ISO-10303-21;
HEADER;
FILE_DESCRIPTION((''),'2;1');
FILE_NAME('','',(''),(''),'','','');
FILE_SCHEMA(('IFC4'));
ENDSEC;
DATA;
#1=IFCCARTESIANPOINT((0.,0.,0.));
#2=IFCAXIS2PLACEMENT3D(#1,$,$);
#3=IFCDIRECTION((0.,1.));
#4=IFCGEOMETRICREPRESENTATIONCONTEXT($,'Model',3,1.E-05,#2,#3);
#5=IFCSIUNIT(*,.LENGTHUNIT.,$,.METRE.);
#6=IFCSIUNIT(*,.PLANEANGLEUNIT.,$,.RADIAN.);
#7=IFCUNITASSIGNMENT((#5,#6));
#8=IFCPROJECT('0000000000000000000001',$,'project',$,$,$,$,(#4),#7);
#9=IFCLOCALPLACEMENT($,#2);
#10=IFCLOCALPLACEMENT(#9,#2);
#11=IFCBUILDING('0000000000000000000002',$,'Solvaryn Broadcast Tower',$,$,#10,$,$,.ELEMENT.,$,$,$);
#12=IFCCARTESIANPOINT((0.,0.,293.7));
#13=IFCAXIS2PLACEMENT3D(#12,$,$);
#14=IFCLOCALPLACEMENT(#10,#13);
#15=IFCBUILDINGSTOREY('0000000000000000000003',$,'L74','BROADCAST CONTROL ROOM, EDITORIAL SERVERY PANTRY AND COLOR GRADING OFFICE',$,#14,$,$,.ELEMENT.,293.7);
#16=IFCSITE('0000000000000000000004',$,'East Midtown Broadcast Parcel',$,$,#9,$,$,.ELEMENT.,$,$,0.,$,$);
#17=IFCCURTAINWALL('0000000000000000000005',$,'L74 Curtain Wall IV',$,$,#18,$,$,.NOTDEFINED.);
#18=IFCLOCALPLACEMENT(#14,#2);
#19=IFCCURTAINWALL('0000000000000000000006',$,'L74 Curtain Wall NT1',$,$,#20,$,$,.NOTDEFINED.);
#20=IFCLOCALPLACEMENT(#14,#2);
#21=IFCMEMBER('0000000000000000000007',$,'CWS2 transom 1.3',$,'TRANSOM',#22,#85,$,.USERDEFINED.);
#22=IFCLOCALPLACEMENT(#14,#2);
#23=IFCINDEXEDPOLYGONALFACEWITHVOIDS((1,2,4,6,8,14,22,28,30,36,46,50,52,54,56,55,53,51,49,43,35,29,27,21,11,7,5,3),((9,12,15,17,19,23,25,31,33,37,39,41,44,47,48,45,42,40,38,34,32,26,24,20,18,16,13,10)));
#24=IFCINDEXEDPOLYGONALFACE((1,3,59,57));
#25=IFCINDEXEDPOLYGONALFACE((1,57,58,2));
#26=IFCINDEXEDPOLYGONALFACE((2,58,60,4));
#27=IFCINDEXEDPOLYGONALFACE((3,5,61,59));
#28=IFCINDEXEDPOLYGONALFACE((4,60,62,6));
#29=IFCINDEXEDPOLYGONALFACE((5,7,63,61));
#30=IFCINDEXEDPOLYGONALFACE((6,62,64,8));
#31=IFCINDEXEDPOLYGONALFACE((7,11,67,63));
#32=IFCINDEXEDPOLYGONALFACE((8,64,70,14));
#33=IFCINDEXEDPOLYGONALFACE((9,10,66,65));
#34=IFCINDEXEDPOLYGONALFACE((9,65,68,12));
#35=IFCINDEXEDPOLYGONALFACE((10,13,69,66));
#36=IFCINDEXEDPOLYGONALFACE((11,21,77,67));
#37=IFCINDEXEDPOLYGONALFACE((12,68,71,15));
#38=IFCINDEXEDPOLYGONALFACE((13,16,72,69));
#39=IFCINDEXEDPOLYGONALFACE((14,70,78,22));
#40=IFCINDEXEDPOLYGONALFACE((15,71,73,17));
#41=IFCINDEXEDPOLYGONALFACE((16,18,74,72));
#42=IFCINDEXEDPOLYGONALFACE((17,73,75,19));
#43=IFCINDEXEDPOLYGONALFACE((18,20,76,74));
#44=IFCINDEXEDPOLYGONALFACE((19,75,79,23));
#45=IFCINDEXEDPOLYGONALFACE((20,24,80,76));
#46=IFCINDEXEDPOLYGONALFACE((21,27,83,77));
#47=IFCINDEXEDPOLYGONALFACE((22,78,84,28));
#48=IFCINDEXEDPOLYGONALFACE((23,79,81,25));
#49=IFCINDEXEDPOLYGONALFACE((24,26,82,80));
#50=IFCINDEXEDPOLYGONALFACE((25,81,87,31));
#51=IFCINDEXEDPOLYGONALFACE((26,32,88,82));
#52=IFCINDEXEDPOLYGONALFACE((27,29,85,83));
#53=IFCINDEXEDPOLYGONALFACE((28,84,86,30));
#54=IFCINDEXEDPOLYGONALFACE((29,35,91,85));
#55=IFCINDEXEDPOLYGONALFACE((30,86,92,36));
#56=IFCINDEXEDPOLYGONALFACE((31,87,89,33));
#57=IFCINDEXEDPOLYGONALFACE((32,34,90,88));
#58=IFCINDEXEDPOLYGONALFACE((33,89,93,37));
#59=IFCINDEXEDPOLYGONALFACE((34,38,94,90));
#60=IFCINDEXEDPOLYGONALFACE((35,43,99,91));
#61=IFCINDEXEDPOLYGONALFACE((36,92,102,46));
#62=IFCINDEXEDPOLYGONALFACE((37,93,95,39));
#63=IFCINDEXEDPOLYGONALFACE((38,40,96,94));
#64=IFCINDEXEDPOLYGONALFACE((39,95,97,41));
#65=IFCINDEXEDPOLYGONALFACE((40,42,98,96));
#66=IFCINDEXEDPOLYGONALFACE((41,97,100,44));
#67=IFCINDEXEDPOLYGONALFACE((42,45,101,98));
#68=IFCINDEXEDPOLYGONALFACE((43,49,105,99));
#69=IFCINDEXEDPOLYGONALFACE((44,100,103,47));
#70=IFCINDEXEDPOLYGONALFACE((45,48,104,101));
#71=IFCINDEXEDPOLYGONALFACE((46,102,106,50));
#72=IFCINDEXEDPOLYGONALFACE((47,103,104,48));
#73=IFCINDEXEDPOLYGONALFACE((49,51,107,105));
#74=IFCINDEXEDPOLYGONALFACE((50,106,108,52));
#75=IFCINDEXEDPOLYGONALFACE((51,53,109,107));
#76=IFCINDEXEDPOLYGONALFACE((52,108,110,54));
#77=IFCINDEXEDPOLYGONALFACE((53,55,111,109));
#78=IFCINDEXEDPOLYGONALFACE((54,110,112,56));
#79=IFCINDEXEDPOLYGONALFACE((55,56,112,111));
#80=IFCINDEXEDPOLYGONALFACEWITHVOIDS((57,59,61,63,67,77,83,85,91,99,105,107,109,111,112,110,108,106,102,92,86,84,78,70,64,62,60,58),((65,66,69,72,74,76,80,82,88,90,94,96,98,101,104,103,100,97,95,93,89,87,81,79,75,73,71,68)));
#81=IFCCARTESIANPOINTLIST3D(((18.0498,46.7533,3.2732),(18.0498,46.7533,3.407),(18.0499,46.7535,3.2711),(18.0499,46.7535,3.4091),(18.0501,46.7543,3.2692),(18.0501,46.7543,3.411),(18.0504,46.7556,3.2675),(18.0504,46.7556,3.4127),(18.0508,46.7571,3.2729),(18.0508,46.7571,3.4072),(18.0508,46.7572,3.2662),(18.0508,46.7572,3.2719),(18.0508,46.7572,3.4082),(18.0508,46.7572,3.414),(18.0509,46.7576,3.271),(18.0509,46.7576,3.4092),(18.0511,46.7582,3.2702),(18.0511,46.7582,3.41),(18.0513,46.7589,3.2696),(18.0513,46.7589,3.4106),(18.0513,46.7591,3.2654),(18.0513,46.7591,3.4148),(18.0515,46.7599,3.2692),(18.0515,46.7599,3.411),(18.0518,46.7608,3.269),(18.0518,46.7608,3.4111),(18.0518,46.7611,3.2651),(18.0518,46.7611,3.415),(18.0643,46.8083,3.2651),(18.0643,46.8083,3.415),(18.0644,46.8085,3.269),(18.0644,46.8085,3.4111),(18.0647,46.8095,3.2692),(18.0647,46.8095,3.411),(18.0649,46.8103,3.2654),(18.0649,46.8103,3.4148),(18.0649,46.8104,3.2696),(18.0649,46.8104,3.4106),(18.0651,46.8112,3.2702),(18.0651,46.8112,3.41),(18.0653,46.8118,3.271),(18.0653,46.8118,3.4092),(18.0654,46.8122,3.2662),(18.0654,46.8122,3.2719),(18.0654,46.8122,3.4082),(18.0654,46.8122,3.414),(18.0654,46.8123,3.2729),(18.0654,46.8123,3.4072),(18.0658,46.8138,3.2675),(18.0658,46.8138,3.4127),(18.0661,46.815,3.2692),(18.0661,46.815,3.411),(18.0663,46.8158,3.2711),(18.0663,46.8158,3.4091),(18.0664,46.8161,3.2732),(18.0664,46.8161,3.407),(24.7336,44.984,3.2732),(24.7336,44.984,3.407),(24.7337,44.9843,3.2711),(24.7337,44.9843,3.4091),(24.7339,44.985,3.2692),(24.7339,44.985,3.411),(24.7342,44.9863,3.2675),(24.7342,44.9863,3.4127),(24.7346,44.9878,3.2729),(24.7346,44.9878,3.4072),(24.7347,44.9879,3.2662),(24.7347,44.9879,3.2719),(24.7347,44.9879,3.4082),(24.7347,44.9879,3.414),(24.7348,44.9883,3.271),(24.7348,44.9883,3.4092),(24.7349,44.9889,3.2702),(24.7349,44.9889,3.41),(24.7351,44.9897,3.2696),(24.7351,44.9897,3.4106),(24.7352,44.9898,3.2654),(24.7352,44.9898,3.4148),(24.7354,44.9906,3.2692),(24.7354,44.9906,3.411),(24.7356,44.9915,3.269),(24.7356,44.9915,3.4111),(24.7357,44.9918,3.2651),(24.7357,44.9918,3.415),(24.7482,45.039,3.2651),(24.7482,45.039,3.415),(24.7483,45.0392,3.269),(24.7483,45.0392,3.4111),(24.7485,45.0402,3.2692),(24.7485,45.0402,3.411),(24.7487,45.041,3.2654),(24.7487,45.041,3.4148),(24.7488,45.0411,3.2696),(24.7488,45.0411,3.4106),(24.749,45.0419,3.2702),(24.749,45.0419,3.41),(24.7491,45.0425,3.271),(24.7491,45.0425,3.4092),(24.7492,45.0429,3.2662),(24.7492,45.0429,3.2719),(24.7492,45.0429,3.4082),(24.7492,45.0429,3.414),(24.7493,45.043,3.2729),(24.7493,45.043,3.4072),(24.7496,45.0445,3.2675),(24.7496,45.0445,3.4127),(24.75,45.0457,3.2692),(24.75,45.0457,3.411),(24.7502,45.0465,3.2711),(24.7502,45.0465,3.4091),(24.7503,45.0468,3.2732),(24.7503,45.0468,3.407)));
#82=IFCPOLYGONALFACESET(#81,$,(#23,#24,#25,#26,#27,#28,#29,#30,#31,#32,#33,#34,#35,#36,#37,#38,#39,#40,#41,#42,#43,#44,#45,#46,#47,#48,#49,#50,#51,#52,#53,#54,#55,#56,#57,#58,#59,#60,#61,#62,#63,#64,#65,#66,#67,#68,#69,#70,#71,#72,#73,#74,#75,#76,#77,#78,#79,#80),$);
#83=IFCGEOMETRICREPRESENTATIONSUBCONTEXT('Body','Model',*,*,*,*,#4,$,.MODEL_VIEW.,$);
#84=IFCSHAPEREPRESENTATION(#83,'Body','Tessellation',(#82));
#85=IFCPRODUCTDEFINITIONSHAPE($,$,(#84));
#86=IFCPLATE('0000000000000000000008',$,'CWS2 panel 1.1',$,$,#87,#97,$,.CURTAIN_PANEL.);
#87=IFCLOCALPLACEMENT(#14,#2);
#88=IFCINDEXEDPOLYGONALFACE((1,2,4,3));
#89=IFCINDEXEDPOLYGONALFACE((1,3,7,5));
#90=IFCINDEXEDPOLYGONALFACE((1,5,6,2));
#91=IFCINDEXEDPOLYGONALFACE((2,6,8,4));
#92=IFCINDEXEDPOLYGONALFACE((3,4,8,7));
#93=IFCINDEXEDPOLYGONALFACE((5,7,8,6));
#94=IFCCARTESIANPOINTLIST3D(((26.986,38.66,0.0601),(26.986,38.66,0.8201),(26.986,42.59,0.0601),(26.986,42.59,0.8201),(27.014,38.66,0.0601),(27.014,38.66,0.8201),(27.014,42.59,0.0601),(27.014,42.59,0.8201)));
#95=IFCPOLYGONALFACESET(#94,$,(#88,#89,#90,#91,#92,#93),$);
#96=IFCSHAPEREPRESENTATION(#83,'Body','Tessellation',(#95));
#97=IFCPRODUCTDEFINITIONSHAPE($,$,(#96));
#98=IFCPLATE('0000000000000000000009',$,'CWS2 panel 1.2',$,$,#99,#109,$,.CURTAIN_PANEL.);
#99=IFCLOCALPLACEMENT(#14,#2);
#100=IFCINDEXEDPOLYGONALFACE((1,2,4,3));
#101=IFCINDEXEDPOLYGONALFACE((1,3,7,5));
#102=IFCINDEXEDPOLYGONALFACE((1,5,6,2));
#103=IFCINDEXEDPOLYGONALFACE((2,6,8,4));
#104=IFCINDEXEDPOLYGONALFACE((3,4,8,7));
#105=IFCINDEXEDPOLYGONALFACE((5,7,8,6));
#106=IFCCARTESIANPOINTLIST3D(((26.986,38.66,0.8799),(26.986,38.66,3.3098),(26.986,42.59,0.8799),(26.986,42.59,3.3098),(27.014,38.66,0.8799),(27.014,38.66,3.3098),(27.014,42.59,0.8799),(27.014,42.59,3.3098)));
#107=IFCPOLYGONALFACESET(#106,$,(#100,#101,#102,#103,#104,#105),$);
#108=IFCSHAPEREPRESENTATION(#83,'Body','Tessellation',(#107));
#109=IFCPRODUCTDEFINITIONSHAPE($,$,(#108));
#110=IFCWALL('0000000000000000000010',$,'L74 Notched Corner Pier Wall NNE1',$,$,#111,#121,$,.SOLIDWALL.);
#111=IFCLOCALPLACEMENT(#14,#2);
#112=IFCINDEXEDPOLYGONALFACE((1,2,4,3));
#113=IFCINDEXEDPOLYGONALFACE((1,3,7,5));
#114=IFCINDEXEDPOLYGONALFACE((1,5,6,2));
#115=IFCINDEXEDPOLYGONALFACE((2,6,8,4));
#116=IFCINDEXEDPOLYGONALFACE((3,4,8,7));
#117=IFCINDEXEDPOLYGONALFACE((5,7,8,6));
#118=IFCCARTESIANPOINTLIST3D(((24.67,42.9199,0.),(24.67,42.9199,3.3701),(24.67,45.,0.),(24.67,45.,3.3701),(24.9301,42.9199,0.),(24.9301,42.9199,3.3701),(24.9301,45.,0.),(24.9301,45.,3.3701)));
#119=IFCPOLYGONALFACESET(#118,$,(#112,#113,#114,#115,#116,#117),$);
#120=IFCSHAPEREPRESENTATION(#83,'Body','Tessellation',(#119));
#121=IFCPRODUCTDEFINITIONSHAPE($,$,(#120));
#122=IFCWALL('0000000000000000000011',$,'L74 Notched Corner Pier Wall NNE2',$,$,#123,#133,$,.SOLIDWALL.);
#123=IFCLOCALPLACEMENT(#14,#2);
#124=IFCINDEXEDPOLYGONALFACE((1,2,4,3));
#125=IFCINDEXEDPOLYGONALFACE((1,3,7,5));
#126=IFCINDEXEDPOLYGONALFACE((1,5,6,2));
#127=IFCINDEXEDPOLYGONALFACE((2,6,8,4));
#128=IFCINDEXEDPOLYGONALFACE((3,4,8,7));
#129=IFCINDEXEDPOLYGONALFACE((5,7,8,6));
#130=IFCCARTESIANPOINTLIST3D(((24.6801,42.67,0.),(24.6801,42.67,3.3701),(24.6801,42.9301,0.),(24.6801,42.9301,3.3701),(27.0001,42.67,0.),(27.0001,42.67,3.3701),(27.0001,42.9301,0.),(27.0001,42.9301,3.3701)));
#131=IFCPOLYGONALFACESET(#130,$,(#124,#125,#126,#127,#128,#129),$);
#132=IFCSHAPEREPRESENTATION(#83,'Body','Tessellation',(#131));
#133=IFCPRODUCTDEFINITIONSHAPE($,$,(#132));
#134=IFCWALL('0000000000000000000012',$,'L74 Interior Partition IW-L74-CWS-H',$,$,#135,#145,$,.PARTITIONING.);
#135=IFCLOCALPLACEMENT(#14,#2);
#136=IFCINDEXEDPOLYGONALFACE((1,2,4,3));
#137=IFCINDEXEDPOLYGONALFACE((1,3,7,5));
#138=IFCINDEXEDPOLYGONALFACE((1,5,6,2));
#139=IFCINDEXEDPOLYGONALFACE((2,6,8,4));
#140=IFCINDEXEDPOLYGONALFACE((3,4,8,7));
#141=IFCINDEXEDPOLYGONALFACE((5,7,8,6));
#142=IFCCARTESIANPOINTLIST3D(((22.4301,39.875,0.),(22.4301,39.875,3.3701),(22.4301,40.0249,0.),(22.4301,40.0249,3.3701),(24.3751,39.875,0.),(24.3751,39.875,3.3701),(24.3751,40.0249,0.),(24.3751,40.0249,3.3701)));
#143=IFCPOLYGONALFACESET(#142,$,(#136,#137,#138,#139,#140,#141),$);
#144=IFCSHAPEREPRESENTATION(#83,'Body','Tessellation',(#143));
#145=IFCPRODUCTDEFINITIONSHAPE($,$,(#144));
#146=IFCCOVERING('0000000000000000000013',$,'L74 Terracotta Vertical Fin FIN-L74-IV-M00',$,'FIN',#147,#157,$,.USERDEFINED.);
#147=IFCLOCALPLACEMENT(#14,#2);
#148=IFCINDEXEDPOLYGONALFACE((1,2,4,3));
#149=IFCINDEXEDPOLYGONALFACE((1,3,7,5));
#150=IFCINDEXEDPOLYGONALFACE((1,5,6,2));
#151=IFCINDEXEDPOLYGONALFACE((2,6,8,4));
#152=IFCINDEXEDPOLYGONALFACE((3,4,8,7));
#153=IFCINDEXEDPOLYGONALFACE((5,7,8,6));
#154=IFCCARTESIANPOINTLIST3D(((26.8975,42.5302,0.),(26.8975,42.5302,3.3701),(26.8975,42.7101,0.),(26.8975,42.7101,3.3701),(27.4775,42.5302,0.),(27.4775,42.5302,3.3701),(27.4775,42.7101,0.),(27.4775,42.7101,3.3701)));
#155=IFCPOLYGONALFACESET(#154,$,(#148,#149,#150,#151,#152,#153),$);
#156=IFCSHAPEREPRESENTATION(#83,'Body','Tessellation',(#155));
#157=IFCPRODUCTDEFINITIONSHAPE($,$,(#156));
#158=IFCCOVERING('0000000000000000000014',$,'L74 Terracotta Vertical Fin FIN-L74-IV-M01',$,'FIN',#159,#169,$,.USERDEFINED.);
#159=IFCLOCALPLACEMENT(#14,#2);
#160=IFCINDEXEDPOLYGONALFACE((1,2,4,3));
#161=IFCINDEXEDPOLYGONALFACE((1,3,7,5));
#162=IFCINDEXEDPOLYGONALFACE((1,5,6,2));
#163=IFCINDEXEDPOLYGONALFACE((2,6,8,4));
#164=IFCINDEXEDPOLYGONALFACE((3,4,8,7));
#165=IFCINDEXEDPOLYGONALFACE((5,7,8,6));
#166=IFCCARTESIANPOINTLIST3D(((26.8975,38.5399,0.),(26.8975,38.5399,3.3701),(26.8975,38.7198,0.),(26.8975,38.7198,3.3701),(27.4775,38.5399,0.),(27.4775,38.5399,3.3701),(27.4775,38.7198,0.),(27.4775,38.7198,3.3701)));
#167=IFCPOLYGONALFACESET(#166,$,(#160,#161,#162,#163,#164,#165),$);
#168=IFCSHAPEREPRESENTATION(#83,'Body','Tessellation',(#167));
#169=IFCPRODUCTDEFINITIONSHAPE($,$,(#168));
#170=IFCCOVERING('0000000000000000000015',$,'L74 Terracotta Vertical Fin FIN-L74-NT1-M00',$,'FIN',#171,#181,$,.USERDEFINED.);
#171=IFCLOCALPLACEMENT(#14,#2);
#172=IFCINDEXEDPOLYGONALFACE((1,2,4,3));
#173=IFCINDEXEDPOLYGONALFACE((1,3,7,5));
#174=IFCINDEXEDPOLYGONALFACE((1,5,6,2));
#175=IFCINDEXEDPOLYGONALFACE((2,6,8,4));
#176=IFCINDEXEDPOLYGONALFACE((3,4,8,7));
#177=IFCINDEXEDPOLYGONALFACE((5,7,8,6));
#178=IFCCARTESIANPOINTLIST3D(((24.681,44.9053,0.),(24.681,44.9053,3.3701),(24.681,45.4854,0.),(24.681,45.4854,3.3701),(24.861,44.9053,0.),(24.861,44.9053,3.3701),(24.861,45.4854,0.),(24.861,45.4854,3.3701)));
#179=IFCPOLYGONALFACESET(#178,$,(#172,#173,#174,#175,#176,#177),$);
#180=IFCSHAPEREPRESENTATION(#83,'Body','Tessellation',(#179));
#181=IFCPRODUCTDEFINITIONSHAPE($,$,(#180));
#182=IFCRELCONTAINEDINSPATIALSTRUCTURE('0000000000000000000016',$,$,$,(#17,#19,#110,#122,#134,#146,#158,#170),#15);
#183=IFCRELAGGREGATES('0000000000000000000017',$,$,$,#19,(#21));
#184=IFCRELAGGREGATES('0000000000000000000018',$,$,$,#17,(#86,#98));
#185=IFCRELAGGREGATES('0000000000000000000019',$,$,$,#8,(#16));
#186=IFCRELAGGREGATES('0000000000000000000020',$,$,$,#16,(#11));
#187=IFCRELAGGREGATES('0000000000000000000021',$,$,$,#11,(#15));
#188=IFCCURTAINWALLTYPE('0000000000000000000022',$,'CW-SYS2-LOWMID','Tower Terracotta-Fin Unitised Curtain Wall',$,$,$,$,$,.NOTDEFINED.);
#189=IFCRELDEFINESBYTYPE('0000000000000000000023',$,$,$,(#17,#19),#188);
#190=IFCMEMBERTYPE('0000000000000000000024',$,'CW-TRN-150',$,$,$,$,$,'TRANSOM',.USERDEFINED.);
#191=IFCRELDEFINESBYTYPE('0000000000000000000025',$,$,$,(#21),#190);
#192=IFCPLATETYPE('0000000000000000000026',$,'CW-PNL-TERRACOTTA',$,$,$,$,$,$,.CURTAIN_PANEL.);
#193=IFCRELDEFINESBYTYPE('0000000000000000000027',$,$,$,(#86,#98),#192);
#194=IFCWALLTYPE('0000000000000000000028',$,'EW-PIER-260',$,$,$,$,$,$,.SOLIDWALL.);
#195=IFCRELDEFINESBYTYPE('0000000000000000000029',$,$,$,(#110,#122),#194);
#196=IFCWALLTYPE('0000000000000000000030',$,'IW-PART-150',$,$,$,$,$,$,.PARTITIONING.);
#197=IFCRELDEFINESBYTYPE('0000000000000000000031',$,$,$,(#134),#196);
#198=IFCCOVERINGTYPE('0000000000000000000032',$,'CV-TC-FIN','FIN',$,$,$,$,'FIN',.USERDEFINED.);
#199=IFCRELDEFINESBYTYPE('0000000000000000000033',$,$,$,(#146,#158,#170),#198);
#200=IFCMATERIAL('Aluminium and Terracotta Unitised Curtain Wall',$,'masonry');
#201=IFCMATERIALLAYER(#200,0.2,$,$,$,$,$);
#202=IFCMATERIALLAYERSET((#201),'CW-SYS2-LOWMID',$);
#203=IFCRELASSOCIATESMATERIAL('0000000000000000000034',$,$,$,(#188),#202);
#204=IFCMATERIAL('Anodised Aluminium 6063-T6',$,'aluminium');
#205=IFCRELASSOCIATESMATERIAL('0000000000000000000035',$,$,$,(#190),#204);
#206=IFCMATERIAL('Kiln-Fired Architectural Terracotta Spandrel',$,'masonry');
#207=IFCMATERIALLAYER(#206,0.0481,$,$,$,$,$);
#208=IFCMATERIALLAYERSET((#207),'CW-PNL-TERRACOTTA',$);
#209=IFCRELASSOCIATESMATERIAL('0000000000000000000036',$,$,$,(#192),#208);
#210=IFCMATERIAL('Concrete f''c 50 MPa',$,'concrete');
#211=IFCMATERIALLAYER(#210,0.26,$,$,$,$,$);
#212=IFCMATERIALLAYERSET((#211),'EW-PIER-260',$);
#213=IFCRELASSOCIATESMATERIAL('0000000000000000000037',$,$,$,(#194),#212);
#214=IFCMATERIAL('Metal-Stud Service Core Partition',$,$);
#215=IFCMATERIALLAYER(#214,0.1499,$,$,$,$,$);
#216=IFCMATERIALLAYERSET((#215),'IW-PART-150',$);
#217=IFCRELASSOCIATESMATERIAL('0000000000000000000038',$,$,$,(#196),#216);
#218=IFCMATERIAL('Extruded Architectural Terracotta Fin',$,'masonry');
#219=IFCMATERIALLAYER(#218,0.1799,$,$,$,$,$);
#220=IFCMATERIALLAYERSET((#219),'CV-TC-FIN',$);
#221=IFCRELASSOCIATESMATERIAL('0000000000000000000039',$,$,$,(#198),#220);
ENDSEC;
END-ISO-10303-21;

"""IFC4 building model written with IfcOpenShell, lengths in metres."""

from ifc_helpers import new_model, si_unit, direction, frame, frame_2d, origin, origin_2d, place, context, subcontext, project, spatial, rectangle, hollow_rectangle, extrude, material, layer, layer_set, material_profile, profile_set, type_object, element, aggregate, save


model = new_model("IFC4")

# Units and contexts
model_context = context("Model", 3, precision=1e-05, world=origin(), true_north=direction((0.0, 1.0)))
body_context = subcontext(model_context, "Body", "Model", "MODEL_VIEW")
ifc_project = project(units=[si_unit("LENGTHUNIT", "METRE"), si_unit("PLANEANGLEUNIT", "RADIAN")], contexts=[model_context])

# Site, building, storey
site_placement = place(None, origin())
site = spatial("IfcSite", under=ifc_project, at=site_placement, Name="East Midtown Broadcast Parcel", CompositionType="ELEMENT", RefElevation=0.0)
building_placement = place(site_placement, origin())
building = spatial("IfcBuilding", under=site, at=building_placement, Name="Solvaryn Broadcast Tower", CompositionType="ELEMENT")
storey_placement = place(building_placement, frame((0.0, 0.0, 293.7)))
storey = spatial("IfcBuildingStorey", under=building, at=storey_placement, Name="L74", Description="BROADCAST CONTROL ROOM, EDITORIAL SERVERY PANTRY AND COLOR GRADING OFFICE", CompositionType="ELEMENT", Elevation=293.7)

# Curtain wall
ifc_material_1 = material(Name="Aluminium and Terracotta Unitised Curtain Wall", Category="masonry")
ifc_layer_1 = layer(ifc_material_1, 0.2)
ifc_layer_set_1 = layer_set([ifc_layer_1], Name="CW-SYS2-LOWMID")
curtain_wall_type = type_object("IfcCurtainWallType", Name="CW-SYS2-LOWMID", Description="Tower Terracotta-Fin Unitised Curtain Wall", PredefinedType="NOTDEFINED", material=ifc_layer_set_1)
curtain_wall_1_placement = place(storey_placement, origin())
curtain_wall_1 = element("IfcCurtainWall", 1, at=curtain_wall_1_placement, inside=storey, type_object=curtain_wall_type, Name="L74 Curtain Wall IV", PredefinedType="NOTDEFINED")

# Curtain wall
curtain_wall_2_placement = place(storey_placement, origin())
curtain_wall_2 = element("IfcCurtainWall", 2, at=curtain_wall_2_placement, inside=storey, type_object=curtain_wall_type, Name="L74 Curtain Wall NT1", PredefinedType="NOTDEFINED")

# Member
ifc_material_2 = material(Name="Anodised Aluminium 6063-T6", Category="aluminium")
ifc_material_profile_1 = material_profile(ifc_material_2, hollow_rectangle(XDim=0.0649, YDim=0.1499, WallThickness=0.0039, InnerFilletRadius=0.0039, OuterFilletRadius=0.0081, at=origin_2d()))
ifc_profile_set_1 = profile_set([ifc_material_profile_1], Name="Anodised Aluminium 6063-T6")
member_type_1 = type_object("IfcMemberType", Name="CW-TRN-150", ElementType="TRANSOM", PredefinedType="USERDEFINED", material=ifc_profile_set_1)
member_1_placement = place(storey_placement, frame((24.7419, 45.0154, 3.3401), z_axis=(-0.966704, 0.255897, 0.0), x_axis=(-0.255897, -0.966704, 0.0)))
member_1 = element("IfcMember", 3, at=member_1_placement, type_object=member_type_1, Name="CWS2 transom 1.3", ObjectType="TRANSOM", PredefinedType="USERDEFINED", context=body_context, shape_type="SweptSolid", body=[
    extrude(hollow_rectangle(XDim=0.0649, YDim=0.1499, WallThickness=0.0039, InnerFilletRadius=0.0039, OuterFilletRadius=0.0081, at=origin_2d()), origin(), (0.0, 0.0, 1.0), 6.9141),
])
aggregate(curtain_wall_2, [member_1])

# Plates
ifc_material_3 = material(Name="Kiln-Fired Architectural Terracotta Spandrel", Category="masonry")
ifc_layer_2 = layer(ifc_material_3, 0.0481)
ifc_layer_set_2 = layer_set([ifc_layer_2], Name="CW-PNL-TERRACOTTA")
plate_type = type_object("IfcPlateType", Name="CW-PNL-TERRACOTTA", PredefinedType="CURTAIN_PANEL", material=ifc_layer_set_2)
plate_1_placement = place(storey_placement, frame((27.0, 40.625, 0.0601), z_axis=(0.0, 0.0, 1.0), x_axis=(0.0, -1.0, 0.0)))
plate_1 = element("IfcPlate", 4, at=plate_1_placement, type_object=plate_type, Name="CWS2 panel 1.1", PredefinedType="CURTAIN_PANEL", context=body_context, shape_type="SweptSolid", body=[
    extrude(rectangle(XDim=3.9299, YDim=0.0281, at=origin_2d()), origin(), (0.0, 0.0, 1.0), 0.76),
])
plate_2_placement = place(storey_placement, frame((27.0, 40.625, 0.8799), z_axis=(0.0, 0.0, 1.0), x_axis=(0.0, -1.0, 0.0)))
plate_2 = element("IfcPlate", 5, at=plate_2_placement, type_object=plate_type, Name="CWS2 panel 1.2", PredefinedType="CURTAIN_PANEL", context=body_context, shape_type="SweptSolid", body=[
    extrude(rectangle(XDim=3.9299, YDim=0.0281, at=origin_2d()), origin(), (0.0, 0.0, 1.0), 2.4299),
])
aggregate(curtain_wall_1, [plate_1, plate_2])

# Walls
ifc_material_4 = material(Name="Concrete f'c 50 MPa", Category="concrete")
ifc_layer_3 = layer(ifc_material_4, 0.26)
ifc_layer_set_3 = layer_set([ifc_layer_3], Name="EW-PIER-260")
wall_type_1 = type_object("IfcWallType", Name="EW-PIER-260", PredefinedType="SOLIDWALL", material=ifc_layer_set_3)
wall_1_placement = place(storey_placement, frame((24.8, 45.0, 0.0), z_axis=(0.0, 0.0, 1.0), x_axis=(0.0, -1.0, 0.0)))
element("IfcWall", 6, at=wall_1_placement, inside=storey, type_object=wall_type_1, Name="L74 Notched Corner Pier Wall NNE1", PredefinedType="SOLIDWALL", context=body_context, shape_type="SweptSolid", body=[
    extrude(rectangle(XDim=2.0801, YDim=0.26, at=frame_2d((1.04, 0.0))), origin(), (0.0, 0.0, 1.0), 3.3701),
])
wall_2_placement = place(storey_placement, frame((24.6799, 42.8, 0.0), z_axis=(0.0, 0.0, 1.0), x_axis=(1.0, 0.0, 0.0)))
element("IfcWall", 7, at=wall_2_placement, inside=storey, type_object=wall_type_1, Name="L74 Notched Corner Pier Wall NNE2", PredefinedType="SOLIDWALL", context=body_context, shape_type="SweptSolid", body=[
    extrude(rectangle(XDim=2.3201, YDim=0.26, at=frame_2d((1.1602, 0.0))), origin(), (0.0, 0.0, 1.0), 3.3701),
])
ifc_material_5 = material(Name="Metal-Stud Service Core Partition")
ifc_layer_4 = layer(ifc_material_5, 0.1499)
ifc_layer_set_4 = layer_set([ifc_layer_4], Name="IW-PART-150")
wall_type_2 = type_object("IfcWallType", Name="IW-PART-150", PredefinedType="PARTITIONING", material=ifc_layer_set_4)
wall_3_placement = place(storey_placement, frame((22.4299, 39.95, 0.0), z_axis=(0.0, 0.0, 1.0), x_axis=(1.0, 0.0, 0.0)))
element("IfcWall", 8, at=wall_3_placement, inside=storey, type_object=wall_type_2, Name="L74 Interior Partition IW-L74-CWS-H", PredefinedType="PARTITIONING", context=body_context, shape_type="SweptSolid", body=[
    extrude(rectangle(XDim=1.9451, YDim=0.1499, at=frame_2d((0.9727, 0.0))), origin(), (0.0, 0.0, 1.0), 3.3701),
])

# Coverings
ifc_material_6 = material(Name="Extruded Architectural Terracotta Fin", Category="masonry")
ifc_layer_5 = layer(ifc_material_6, 0.1799)
ifc_layer_set_5 = layer_set([ifc_layer_5], Name="CV-TC-FIN")
covering_type = type_object("IfcCoveringType", Name="CV-TC-FIN", Description="FIN", ElementType="FIN", PredefinedType="USERDEFINED", material=ifc_layer_set_5)
for number, where, z_axis, x_axis, name in (
    (9, (27.1875, 42.6201, 0.0), (0.0, 0.0, 1.0), (1.0, 0.0, 0.0), "L74 Terracotta Vertical Fin FIN-L74-IV-M00"),
    (10, (27.1875, 38.6299, 0.0), (0.0, 0.0, 1.0), (1.0, 0.0, 0.0), "L74 Terracotta Vertical Fin FIN-L74-IV-M01"),
):
    element("IfcCovering", number, at=place(storey_placement, frame(where, z_axis=z_axis, x_axis=x_axis)), inside=storey, type_object=covering_type, Name=name, ObjectType="FIN", PredefinedType="USERDEFINED", context=body_context, shape_type="SweptSolid", body=[
        extrude(rectangle(XDim=0.5801, YDim=0.1799, at=origin_2d()), origin(), (0.0, 0.0, 1.0), 3.3701),
    ])
covering_placement = place(storey_placement, frame((24.771, 45.1953, 0.0), z_axis=(0.0, 0.0, 1.0), x_axis=(1.0, 0.0, 0.0)))
element("IfcCovering", 11, at=covering_placement, inside=storey, type_object=covering_type, Name="L74 Terracotta Vertical Fin FIN-L74-NT1-M00", ObjectType="FIN", PredefinedType="USERDEFINED", context=body_context, shape_type="SweptSolid", body=[
    extrude(rectangle(XDim=0.1799, YDim=0.5801, at=origin_2d()), origin(), (0.0, 0.0, 1.0), 3.3701),
])

save(model, "model.ifc")
